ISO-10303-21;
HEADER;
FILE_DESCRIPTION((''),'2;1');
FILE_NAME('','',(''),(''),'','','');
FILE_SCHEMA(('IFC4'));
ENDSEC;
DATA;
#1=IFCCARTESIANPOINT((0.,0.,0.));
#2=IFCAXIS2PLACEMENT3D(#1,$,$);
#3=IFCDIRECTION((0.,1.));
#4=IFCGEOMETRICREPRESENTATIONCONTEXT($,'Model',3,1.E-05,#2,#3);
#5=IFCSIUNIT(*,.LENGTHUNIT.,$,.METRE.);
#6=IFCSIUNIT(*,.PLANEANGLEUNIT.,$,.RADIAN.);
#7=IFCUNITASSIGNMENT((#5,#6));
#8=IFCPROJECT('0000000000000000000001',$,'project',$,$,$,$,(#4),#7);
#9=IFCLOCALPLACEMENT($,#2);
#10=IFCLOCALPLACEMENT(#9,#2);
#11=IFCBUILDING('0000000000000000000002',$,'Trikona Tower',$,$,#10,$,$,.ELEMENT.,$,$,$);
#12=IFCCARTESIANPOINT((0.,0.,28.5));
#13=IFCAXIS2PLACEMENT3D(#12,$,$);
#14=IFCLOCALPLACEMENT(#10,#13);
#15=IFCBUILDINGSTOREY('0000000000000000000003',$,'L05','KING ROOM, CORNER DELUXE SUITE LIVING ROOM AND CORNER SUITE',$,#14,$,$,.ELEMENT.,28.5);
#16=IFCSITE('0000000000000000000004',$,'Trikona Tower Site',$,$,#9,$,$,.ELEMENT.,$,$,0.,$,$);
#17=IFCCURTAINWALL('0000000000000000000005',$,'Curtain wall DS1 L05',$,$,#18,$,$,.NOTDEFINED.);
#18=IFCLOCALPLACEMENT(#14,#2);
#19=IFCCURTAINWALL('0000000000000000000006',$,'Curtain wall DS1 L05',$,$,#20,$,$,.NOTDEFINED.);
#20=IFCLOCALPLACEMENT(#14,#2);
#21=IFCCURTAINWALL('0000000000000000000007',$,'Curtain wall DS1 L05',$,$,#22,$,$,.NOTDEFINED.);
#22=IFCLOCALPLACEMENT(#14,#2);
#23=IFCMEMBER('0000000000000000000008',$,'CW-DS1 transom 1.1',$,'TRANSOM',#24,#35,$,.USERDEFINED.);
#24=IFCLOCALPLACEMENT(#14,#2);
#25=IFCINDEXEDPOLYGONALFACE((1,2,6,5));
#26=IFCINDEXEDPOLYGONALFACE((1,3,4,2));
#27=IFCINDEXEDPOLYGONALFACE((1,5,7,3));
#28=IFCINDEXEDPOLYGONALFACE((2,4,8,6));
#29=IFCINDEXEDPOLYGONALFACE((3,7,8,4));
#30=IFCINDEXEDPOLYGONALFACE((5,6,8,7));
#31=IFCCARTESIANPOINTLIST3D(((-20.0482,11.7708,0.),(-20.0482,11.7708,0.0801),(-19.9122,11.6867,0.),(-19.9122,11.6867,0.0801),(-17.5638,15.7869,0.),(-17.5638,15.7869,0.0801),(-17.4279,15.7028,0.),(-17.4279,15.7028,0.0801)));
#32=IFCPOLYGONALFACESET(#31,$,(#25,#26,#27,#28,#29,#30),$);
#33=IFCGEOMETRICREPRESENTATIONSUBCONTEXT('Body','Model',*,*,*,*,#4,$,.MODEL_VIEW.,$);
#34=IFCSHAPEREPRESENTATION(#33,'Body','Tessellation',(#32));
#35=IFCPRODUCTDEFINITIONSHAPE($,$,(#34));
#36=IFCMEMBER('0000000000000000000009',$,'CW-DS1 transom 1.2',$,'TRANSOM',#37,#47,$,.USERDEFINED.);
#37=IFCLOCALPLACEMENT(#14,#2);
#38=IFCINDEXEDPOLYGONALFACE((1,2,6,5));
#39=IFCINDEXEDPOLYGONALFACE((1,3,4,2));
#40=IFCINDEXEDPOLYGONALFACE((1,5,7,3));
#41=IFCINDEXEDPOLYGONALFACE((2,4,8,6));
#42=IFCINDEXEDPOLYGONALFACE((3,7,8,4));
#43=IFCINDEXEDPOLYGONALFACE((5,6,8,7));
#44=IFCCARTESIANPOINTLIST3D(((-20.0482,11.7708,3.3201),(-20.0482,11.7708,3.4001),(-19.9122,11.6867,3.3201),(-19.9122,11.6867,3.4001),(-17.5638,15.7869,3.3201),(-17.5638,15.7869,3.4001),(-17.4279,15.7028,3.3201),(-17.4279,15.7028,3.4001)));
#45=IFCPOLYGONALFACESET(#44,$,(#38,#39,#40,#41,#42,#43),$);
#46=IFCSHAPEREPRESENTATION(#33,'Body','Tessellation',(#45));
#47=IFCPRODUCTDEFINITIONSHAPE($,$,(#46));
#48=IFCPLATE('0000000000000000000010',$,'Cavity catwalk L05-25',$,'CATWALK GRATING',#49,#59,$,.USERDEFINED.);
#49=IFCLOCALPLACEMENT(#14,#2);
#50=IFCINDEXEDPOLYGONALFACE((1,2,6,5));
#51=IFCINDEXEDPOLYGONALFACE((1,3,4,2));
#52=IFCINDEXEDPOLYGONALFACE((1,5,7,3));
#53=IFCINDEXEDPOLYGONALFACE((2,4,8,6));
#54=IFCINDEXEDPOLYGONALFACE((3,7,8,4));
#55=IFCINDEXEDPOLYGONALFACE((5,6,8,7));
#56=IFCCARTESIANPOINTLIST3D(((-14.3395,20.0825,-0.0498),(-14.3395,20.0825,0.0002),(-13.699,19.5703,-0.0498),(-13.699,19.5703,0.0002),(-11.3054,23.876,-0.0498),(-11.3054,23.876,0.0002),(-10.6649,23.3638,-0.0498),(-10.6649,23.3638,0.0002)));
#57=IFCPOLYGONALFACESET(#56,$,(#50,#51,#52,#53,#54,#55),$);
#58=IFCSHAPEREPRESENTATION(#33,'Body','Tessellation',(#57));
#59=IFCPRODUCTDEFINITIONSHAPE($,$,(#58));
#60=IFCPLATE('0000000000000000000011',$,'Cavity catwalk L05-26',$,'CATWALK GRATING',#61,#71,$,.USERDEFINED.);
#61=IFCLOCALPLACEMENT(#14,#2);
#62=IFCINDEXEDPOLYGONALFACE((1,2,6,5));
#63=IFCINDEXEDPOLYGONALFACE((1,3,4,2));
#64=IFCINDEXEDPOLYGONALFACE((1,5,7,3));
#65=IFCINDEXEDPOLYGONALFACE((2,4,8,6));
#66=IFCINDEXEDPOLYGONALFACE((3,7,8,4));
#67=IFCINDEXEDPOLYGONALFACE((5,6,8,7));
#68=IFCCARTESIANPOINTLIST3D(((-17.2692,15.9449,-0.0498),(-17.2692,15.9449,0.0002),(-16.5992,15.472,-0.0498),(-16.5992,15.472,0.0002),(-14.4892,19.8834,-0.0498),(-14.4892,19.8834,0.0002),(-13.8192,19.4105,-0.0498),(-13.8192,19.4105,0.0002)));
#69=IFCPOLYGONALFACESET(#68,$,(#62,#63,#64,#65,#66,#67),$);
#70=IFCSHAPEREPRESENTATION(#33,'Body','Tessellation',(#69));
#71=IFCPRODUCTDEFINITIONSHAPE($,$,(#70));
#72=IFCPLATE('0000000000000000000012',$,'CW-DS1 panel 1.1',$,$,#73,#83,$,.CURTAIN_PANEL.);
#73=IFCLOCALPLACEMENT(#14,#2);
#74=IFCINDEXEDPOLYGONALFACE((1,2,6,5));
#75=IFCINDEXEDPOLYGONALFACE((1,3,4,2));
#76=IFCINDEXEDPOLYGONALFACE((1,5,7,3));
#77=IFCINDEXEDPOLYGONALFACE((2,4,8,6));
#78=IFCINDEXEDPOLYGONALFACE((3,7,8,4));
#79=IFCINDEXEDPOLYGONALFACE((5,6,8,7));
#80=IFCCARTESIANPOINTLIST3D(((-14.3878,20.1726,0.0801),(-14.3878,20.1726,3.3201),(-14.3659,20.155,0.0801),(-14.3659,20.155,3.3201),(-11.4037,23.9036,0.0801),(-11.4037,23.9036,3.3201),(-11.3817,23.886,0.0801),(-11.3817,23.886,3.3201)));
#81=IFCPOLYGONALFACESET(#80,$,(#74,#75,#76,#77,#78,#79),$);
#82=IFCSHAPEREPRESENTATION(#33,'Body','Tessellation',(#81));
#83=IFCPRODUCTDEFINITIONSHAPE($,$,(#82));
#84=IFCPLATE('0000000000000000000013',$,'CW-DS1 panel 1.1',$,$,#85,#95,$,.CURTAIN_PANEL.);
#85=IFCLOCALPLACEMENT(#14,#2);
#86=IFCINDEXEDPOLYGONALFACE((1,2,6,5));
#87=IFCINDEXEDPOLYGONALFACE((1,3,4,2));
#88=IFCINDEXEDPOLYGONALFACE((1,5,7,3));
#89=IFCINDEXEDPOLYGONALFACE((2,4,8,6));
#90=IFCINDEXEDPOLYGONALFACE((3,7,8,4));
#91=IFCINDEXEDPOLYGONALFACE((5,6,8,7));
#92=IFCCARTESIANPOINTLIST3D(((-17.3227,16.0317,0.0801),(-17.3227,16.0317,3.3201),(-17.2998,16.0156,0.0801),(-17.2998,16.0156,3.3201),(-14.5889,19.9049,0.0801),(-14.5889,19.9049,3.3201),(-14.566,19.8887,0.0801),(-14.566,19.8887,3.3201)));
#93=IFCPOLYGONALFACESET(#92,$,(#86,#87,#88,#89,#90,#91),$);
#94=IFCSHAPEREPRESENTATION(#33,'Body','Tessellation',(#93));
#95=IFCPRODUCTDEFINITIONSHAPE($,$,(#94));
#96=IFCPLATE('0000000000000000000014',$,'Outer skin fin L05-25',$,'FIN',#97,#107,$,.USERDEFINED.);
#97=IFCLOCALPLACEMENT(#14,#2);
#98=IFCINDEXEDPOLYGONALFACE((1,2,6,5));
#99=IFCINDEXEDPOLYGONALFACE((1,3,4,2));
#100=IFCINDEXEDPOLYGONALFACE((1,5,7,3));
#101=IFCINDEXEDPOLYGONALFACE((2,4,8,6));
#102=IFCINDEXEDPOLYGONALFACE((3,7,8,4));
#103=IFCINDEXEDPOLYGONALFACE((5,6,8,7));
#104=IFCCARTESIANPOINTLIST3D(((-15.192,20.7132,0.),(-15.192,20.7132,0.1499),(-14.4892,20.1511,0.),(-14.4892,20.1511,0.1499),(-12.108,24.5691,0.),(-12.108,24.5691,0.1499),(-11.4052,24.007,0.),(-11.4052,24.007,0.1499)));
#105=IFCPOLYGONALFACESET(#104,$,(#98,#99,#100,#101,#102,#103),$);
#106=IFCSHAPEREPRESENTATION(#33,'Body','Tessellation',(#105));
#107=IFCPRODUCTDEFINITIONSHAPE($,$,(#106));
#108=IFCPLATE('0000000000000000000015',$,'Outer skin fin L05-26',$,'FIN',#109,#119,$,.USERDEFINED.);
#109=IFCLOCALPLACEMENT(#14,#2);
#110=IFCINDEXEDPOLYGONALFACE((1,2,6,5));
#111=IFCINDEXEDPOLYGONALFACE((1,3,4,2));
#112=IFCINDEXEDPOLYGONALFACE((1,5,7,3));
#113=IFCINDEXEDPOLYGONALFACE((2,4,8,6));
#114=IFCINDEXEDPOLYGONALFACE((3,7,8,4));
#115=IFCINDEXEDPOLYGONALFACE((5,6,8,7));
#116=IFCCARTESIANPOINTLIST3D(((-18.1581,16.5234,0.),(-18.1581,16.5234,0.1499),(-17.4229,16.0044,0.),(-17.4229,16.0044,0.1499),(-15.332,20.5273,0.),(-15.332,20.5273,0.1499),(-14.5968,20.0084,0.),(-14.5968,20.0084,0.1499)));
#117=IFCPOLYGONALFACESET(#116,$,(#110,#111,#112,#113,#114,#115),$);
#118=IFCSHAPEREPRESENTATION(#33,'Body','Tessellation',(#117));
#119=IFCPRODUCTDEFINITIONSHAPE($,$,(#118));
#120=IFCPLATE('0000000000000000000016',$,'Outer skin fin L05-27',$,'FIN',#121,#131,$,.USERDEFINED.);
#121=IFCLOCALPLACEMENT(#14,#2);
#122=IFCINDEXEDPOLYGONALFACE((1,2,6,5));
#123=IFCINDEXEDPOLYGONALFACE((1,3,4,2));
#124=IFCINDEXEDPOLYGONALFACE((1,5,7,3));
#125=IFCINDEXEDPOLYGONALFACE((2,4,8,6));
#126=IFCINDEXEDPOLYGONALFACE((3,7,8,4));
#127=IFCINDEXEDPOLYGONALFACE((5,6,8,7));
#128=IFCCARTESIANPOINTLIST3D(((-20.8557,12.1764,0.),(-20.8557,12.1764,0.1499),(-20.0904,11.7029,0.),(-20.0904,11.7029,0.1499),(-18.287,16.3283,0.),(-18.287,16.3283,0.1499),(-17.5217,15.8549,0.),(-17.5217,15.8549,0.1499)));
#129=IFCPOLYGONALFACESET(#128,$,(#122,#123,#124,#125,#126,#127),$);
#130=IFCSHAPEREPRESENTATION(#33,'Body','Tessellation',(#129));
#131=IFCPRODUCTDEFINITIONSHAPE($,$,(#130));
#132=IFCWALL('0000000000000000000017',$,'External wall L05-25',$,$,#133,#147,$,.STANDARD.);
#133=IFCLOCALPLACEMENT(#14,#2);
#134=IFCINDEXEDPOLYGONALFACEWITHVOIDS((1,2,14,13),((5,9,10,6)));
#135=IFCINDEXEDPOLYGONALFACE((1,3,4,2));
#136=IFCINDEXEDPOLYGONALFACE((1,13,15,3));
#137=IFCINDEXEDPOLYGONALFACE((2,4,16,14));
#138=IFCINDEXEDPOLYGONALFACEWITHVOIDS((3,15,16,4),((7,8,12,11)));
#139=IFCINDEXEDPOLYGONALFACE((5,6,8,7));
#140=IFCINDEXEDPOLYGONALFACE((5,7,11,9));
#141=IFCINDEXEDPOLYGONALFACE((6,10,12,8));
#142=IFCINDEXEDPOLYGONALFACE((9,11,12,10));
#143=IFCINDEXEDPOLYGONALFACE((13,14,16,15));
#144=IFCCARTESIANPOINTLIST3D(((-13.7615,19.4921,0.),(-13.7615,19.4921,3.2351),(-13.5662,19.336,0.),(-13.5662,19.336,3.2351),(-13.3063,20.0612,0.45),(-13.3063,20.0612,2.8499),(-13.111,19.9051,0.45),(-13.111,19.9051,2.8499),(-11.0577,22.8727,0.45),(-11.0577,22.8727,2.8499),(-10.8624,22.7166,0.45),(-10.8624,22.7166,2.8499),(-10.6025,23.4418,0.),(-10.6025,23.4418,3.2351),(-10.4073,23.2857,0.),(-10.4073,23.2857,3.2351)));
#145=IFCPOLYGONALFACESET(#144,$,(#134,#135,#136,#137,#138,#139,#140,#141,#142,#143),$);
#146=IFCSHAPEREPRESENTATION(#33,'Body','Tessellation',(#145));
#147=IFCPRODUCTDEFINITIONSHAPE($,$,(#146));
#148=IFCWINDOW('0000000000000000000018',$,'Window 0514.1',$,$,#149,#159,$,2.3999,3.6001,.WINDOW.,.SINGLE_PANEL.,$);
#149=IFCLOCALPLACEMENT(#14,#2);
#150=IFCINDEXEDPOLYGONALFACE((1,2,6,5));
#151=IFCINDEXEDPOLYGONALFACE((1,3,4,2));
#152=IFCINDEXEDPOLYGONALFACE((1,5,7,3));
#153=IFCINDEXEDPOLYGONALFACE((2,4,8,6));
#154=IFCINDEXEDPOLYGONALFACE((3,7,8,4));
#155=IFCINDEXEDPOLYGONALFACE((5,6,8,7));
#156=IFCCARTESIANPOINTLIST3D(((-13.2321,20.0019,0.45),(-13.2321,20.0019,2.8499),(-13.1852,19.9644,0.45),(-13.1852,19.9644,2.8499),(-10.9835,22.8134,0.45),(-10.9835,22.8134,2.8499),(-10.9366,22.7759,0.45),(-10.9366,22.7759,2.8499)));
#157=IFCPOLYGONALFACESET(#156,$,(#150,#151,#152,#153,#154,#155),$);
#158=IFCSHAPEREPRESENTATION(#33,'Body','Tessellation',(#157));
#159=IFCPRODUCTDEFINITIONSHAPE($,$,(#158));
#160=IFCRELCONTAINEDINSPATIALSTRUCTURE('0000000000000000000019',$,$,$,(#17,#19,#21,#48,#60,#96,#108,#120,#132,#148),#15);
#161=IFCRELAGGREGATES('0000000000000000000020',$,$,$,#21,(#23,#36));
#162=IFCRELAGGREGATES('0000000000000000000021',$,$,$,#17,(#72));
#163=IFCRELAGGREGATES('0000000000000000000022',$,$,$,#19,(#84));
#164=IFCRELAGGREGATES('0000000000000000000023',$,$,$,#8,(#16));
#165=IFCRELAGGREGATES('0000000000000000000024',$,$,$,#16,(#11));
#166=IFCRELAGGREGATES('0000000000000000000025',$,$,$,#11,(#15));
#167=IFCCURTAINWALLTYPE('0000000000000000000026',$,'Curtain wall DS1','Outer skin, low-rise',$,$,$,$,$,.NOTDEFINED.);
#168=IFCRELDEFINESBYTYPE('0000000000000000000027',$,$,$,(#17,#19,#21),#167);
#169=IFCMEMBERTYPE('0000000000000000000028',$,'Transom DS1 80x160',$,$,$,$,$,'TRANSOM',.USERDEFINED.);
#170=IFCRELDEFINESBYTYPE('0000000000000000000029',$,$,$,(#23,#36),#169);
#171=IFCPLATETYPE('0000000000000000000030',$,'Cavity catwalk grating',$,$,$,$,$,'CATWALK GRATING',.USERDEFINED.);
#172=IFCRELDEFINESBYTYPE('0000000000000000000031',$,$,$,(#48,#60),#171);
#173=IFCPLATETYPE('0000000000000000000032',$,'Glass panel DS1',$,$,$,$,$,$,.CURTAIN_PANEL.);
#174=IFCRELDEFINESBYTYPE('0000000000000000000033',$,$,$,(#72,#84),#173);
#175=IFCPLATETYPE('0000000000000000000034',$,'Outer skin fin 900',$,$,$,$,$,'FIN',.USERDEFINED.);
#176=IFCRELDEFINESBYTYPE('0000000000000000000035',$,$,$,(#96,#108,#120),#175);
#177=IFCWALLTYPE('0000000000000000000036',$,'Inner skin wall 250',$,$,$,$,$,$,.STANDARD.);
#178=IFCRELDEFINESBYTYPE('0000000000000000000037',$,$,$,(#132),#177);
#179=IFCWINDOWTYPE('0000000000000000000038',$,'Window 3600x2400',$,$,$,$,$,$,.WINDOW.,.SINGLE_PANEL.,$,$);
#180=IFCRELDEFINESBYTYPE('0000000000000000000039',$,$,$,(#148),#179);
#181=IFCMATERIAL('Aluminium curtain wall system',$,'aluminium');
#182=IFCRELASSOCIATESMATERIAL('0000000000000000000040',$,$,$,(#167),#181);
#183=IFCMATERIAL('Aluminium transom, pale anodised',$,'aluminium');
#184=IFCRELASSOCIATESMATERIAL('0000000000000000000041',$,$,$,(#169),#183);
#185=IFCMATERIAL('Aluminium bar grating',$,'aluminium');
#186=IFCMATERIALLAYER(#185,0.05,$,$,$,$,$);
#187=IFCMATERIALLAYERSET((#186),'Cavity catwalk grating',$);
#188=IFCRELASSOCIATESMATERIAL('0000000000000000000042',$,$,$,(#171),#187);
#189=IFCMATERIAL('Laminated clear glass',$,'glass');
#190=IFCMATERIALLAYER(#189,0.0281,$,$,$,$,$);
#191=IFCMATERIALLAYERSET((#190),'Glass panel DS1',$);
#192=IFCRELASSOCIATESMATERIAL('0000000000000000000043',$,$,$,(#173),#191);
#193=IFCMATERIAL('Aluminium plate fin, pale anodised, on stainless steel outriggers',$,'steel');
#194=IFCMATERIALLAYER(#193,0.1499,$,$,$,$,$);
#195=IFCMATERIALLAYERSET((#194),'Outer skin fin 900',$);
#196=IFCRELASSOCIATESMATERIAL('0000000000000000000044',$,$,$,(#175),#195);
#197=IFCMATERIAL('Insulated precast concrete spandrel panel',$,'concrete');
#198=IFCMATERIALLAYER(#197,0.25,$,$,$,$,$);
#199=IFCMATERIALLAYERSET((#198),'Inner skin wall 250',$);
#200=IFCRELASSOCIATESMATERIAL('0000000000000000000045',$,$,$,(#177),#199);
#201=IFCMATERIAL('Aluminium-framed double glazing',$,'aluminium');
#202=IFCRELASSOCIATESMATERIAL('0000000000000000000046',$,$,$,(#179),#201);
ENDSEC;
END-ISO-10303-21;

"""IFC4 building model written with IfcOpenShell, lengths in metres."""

from ifc_helpers import new_model, si_unit, direction, frame, frame_2d, origin, origin_2d, place, context, subcontext, project, spatial, rectangle, extrude, material, layer, layer_set, material_profile, profile_set, type_object, element, fill, aggregate, save


model = new_model("IFC4")

# Units and contexts
model_context = context("Model", 3, precision=1e-05, world=origin(), true_north=direction((0.0, 1.0)))
body_context = subcontext(model_context, "Body", "Model", "MODEL_VIEW")
ifc_project = project(units=[si_unit("LENGTHUNIT", "METRE"), si_unit("PLANEANGLEUNIT", "RADIAN")], contexts=[model_context])

# Site, building, storey
site_placement = place(None, origin())
site = spatial("IfcSite", under=ifc_project, at=site_placement, Name="Trikona Tower Site", CompositionType="ELEMENT", RefElevation=0.0)
building_placement = place(site_placement, origin())
building = spatial("IfcBuilding", under=site, at=building_placement, Name="Trikona Tower", CompositionType="ELEMENT")
storey_placement = place(building_placement, frame((0.0, 0.0, 28.5)))
storey = spatial("IfcBuildingStorey", under=building, at=storey_placement, Name="L05", Description="KING ROOM, CORNER DELUXE SUITE LIVING ROOM AND CORNER SUITE", CompositionType="ELEMENT", Elevation=28.5)

# Shared definitions
ifc_material_1 = material(Name="Aluminium curtain wall system", Category="aluminium")
curtain_wall_type = type_object("IfcCurtainWallType", Name="Curtain wall DS1", Description="Outer skin, low-rise", PredefinedType="NOTDEFINED", material=ifc_material_1)

# Curtain walls
curtain_wall_1_placement = place(storey_placement, origin())
curtain_wall_1 = element("IfcCurtainWall", 1, at=curtain_wall_1_placement, inside=storey, type_object=curtain_wall_type, Name="Curtain wall DS1 L05", PredefinedType="NOTDEFINED")
curtain_wall_2_placement = place(storey_placement, origin())
curtain_wall_2 = element("IfcCurtainWall", 2, at=curtain_wall_2_placement, inside=storey, type_object=curtain_wall_type, Name="Curtain wall DS1 L05", PredefinedType="NOTDEFINED")

# Curtain wall
curtain_wall_3_placement = place(storey_placement, origin())
curtain_wall_3 = element("IfcCurtainWall", 3, at=curtain_wall_3_placement, inside=storey, type_object=curtain_wall_type, Name="Curtain wall DS1 L05", PredefinedType="NOTDEFINED")

# Members
ifc_material_2 = material(Name="Aluminium transom, pale anodised", Category="aluminium")
ifc_material_profile_1 = material_profile(ifc_material_2, rectangle(XDim=0.1599, YDim=0.0801, at=origin_2d()), Name="TRN-DS1")
ifc_profile_set_1 = profile_set([ifc_material_profile_1], Name="Aluminium transom, pale anodised")
member_type_1 = type_object("IfcMemberType", Name="Transom DS1 80x160", ElementType="TRANSOM", PredefinedType="USERDEFINED", material=ifc_profile_set_1)
member_1_placement = place(storey_placement, frame((-17.4958, 15.7449, 0.04), z_axis=(-0.526081, -0.850435, 0.0), x_axis=(0.850435, -0.526081, 0.0)))
member_1 = element("IfcMember", 4, at=member_1_placement, type_object=member_type_1, Name="CW-DS1 transom 1.1", ObjectType="TRANSOM", PredefinedType="USERDEFINED", context=body_context, shape_type="SweptSolid", body=[
    extrude(rectangle(XDim=0.1599, YDim=0.0801, at=origin_2d()), origin(), (0.0, 0.0, 1.0), 4.7224),
])
member_2_placement = place(storey_placement, frame((-17.4958, 15.7449, 3.3601), z_axis=(-0.526081, -0.850435, 0.0), x_axis=(0.850435, -0.526081, 0.0)))
member_2 = element("IfcMember", 5, at=member_2_placement, type_object=member_type_1, Name="CW-DS1 transom 1.2", ObjectType="TRANSOM", PredefinedType="USERDEFINED", context=body_context, shape_type="SweptSolid", body=[
    extrude(rectangle(XDim=0.1599, YDim=0.0801, at=origin_2d()), origin(), (0.0, 0.0, 1.0), 4.7224),
])
aggregate(curtain_wall_3, [member_1, member_2])

# Plates
ifc_material_3 = material(Name="Aluminium bar grating", Category="aluminium")
ifc_layer_1 = layer(ifc_material_3, 0.05)
ifc_layer_set_1 = layer_set([ifc_layer_1], Name="Cavity catwalk grating")
plate_type_1 = type_object("IfcPlateType", Name="Cavity catwalk grating", ElementType="CATWALK GRATING", PredefinedType="USERDEFINED", material=ifc_layer_set_1)
plate_1_placement = place(storey_placement, frame((-12.5022, 21.7231, -0.0498), z_axis=(0.0, 0.0, 1.0), x_axis=(-0.624604, -0.780942, 0.0)))
element("IfcPlate", 6, at=plate_1_placement, inside=storey, type_object=plate_type_1, Name="Cavity catwalk L05-25", ObjectType="CATWALK GRATING", PredefinedType="USERDEFINED", context=body_context, shape_type="SweptSolid", body=[
    extrude(rectangle(XDim=4.8577, YDim=0.8201, at=origin_2d()), origin(), (0.0, 0.0, 1.0), 0.05),
])
plate_2_placement = place(storey_placement, frame((-15.5442, 17.6777, -0.0498), z_axis=(0.0, 0.0, 1.0), x_axis=(-0.576662, -0.816983, 0.0)))
element("IfcPlate", 7, at=plate_2_placement, inside=storey, type_object=plate_type_1, Name="Cavity catwalk L05-26", ObjectType="CATWALK GRATING", PredefinedType="USERDEFINED", context=body_context, shape_type="SweptSolid", body=[
    extrude(rectangle(XDim=4.8208, YDim=0.8201, at=origin_2d()), origin(), (0.0, 0.0, 1.0), 0.05),
])

# Plates
ifc_material_4 = material(Name="Laminated clear glass", Category="glass")
ifc_layer_2 = layer(ifc_material_4, 0.0281)
ifc_layer_set_2 = layer_set([ifc_layer_2], Name="Glass panel DS1")
plate_type_2 = type_object("IfcPlateType", Name="Glass panel DS1", PredefinedType="CURTAIN_PANEL", material=ifc_layer_set_2)
plate_3_placement = place(storey_placement, frame((-12.8848, 22.0293, 0.0801), z_axis=(0.0, 0.0, 1.0), x_axis=(-0.624609, -0.780938, 0.0)))
plate_3 = element("IfcPlate", 8, at=plate_3_placement, type_object=plate_type_2, Name="CW-DS1 panel 1.1", PredefinedType="CURTAIN_PANEL", context=body_context, shape_type="SweptSolid", body=[
    extrude(rectangle(XDim=4.7776, YDim=0.0281, at=origin_2d()), origin(), (0.0, 0.0, 1.0), 3.24),
])
aggregate(curtain_wall_1, [plate_3])
plate_4_placement = place(storey_placement, frame((-15.9443, 17.9602, 0.0801), z_axis=(0.0, 0.0, 1.0), x_axis=(-0.576658, -0.816985, 0.0)))
plate_4 = element("IfcPlate", 9, at=plate_4_placement, type_object=plate_type_2, Name="CW-DS1 panel 1.1", PredefinedType="CURTAIN_PANEL", context=body_context, shape_type="SweptSolid", body=[
    extrude(rectangle(XDim=4.7407, YDim=0.0281, at=origin_2d()), origin(), (0.0, 0.0, 1.0), 3.24),
])
aggregate(curtain_wall_2, [plate_4])

# Plates
ifc_material_5 = material(Name="Aluminium plate fin, pale anodised, on stainless steel outriggers", Category="steel")
ifc_layer_3 = layer(ifc_material_5, 0.1499)
ifc_layer_set_3 = layer_set([ifc_layer_3], Name="Outer skin fin 900")
plate_type_3 = type_object("IfcPlateType", Name="Outer skin fin 900", ElementType="FIN", PredefinedType="USERDEFINED", material=ifc_layer_set_3)
plate_5_placement = place(storey_placement, frame((-13.2986, 22.3601, 0.0), z_axis=(0.0, 0.0, 1.0), x_axis=(-0.624604, -0.780942, 0.0)))
element("IfcPlate", 10, at=plate_5_placement, inside=storey, type_object=plate_type_3, Name="Outer skin fin L05-25", ObjectType="FIN", PredefinedType="USERDEFINED", context=body_context, shape_type="SweptSolid", body=[
    extrude(rectangle(XDim=4.9375, YDim=0.8999, at=origin_2d()), origin(), (0.0, 0.0, 1.0), 0.1499),
])
plate_6_placement = place(storey_placement, frame((-16.3774, 18.2659, 0.0), z_axis=(0.0, 0.0, 1.0), x_axis=(-0.576662, -0.816983, 0.0)))
element("IfcPlate", 11, at=plate_6_placement, inside=storey, type_object=plate_type_3, Name="Outer skin fin L05-26", ObjectType="FIN", PredefinedType="USERDEFINED", context=body_context, shape_type="SweptSolid", body=[
    extrude(rectangle(XDim=4.9009, YDim=0.8999, at=origin_2d()), origin(), (0.0, 0.0, 1.0), 0.1499),
])
plate_7_placement = place(storey_placement, frame((-19.1887, 14.0156, 0.0), z_axis=(0.0, 0.0, 1.0), x_axis=(-0.526119, -0.850411, 0.0)))
element("IfcPlate", 12, at=plate_7_placement, inside=storey, type_object=plate_type_3, Name="Outer skin fin L05-27", ObjectType="FIN", PredefinedType="USERDEFINED", context=body_context, shape_type="SweptSolid", body=[
    extrude(rectangle(XDim=4.8823, YDim=0.8999, at=origin_2d()), origin(), (0.0, 0.0, 1.0), 0.1499),
])

# Wall, opening, window
ifc_material_6 = material(Name="Insulated precast concrete spandrel panel", Category="concrete")
ifc_layer_4 = layer(ifc_material_6, 0.25)
ifc_layer_set_4 = layer_set([ifc_layer_4], Name="Inner skin wall 250")
wall_type = type_object("IfcWallType", Name="Inner skin wall 250", PredefinedType="STANDARD", material=ifc_layer_set_4)
wall_1_placement = place(storey_placement, frame((-10.5049, 23.3638, 0.0), z_axis=(0.0, 0.0, 1.0), x_axis=(-0.624595, -0.780949, 0.0)))
wall_1 = element("IfcWall", 13, at=wall_1_placement, inside=storey, type_object=wall_type, Name="External wall L05-25", PredefinedType="STANDARD", context=body_context, shape_type="SweptSolid", body=[
    extrude(rectangle(XDim=5.0576, YDim=0.25, at=frame_2d((2.5288, 0.0))), origin(), (0.0, 0.0, 1.0), 3.2351),
])
opening_1_placement = place(wall_1_placement, frame((0.7288, 0.0, 0.45)))
opening_1 = element("IfcOpeningElement", 14, at=opening_1_placement, cuts=wall_1, PredefinedType="OPENING", context=body_context, shape_type="SweptSolid", body=[
    extrude(rectangle(XDim=3.6001, YDim=2.3999, at=frame_2d((1.8, 1.2))), frame((0.0, 0.135, 0.0), z_axis=(0.0, -1.0, 0.0), x_axis=(1.0, 0.0, 0.0)), (0.0, 0.0, 1.0), 0.27),
])
ifc_material_7 = material(Name="Aluminium-framed double glazing", Category="aluminium")
window_type = type_object("IfcWindowType", Name="Window 3600x2400", PartitioningType="SINGLE_PANEL", PredefinedType="WINDOW", material=ifc_material_7)
window_1_placement = place(opening_1_placement, origin())
window_1 = element("IfcWindow", 15, at=window_1_placement, inside=storey, type_object=window_type, Name="Window 0514.1", OverallHeight=2.3999, OverallWidth=3.6001, PartitioningType="SINGLE_PANEL", PredefinedType="WINDOW", context=body_context, shape_type="SweptSolid", body=[
    extrude(rectangle(XDim=3.6001, YDim=2.3999, at=frame_2d((1.8, 1.2))), frame((0.0, 0.03, 0.0), z_axis=(0.0, -1.0, 0.0), x_axis=(1.0, 0.0, 0.0)), (0.0, 0.0, 1.0), 0.0601),
])
fill(opening_1, window_1)

save(model, "model.ifc")
